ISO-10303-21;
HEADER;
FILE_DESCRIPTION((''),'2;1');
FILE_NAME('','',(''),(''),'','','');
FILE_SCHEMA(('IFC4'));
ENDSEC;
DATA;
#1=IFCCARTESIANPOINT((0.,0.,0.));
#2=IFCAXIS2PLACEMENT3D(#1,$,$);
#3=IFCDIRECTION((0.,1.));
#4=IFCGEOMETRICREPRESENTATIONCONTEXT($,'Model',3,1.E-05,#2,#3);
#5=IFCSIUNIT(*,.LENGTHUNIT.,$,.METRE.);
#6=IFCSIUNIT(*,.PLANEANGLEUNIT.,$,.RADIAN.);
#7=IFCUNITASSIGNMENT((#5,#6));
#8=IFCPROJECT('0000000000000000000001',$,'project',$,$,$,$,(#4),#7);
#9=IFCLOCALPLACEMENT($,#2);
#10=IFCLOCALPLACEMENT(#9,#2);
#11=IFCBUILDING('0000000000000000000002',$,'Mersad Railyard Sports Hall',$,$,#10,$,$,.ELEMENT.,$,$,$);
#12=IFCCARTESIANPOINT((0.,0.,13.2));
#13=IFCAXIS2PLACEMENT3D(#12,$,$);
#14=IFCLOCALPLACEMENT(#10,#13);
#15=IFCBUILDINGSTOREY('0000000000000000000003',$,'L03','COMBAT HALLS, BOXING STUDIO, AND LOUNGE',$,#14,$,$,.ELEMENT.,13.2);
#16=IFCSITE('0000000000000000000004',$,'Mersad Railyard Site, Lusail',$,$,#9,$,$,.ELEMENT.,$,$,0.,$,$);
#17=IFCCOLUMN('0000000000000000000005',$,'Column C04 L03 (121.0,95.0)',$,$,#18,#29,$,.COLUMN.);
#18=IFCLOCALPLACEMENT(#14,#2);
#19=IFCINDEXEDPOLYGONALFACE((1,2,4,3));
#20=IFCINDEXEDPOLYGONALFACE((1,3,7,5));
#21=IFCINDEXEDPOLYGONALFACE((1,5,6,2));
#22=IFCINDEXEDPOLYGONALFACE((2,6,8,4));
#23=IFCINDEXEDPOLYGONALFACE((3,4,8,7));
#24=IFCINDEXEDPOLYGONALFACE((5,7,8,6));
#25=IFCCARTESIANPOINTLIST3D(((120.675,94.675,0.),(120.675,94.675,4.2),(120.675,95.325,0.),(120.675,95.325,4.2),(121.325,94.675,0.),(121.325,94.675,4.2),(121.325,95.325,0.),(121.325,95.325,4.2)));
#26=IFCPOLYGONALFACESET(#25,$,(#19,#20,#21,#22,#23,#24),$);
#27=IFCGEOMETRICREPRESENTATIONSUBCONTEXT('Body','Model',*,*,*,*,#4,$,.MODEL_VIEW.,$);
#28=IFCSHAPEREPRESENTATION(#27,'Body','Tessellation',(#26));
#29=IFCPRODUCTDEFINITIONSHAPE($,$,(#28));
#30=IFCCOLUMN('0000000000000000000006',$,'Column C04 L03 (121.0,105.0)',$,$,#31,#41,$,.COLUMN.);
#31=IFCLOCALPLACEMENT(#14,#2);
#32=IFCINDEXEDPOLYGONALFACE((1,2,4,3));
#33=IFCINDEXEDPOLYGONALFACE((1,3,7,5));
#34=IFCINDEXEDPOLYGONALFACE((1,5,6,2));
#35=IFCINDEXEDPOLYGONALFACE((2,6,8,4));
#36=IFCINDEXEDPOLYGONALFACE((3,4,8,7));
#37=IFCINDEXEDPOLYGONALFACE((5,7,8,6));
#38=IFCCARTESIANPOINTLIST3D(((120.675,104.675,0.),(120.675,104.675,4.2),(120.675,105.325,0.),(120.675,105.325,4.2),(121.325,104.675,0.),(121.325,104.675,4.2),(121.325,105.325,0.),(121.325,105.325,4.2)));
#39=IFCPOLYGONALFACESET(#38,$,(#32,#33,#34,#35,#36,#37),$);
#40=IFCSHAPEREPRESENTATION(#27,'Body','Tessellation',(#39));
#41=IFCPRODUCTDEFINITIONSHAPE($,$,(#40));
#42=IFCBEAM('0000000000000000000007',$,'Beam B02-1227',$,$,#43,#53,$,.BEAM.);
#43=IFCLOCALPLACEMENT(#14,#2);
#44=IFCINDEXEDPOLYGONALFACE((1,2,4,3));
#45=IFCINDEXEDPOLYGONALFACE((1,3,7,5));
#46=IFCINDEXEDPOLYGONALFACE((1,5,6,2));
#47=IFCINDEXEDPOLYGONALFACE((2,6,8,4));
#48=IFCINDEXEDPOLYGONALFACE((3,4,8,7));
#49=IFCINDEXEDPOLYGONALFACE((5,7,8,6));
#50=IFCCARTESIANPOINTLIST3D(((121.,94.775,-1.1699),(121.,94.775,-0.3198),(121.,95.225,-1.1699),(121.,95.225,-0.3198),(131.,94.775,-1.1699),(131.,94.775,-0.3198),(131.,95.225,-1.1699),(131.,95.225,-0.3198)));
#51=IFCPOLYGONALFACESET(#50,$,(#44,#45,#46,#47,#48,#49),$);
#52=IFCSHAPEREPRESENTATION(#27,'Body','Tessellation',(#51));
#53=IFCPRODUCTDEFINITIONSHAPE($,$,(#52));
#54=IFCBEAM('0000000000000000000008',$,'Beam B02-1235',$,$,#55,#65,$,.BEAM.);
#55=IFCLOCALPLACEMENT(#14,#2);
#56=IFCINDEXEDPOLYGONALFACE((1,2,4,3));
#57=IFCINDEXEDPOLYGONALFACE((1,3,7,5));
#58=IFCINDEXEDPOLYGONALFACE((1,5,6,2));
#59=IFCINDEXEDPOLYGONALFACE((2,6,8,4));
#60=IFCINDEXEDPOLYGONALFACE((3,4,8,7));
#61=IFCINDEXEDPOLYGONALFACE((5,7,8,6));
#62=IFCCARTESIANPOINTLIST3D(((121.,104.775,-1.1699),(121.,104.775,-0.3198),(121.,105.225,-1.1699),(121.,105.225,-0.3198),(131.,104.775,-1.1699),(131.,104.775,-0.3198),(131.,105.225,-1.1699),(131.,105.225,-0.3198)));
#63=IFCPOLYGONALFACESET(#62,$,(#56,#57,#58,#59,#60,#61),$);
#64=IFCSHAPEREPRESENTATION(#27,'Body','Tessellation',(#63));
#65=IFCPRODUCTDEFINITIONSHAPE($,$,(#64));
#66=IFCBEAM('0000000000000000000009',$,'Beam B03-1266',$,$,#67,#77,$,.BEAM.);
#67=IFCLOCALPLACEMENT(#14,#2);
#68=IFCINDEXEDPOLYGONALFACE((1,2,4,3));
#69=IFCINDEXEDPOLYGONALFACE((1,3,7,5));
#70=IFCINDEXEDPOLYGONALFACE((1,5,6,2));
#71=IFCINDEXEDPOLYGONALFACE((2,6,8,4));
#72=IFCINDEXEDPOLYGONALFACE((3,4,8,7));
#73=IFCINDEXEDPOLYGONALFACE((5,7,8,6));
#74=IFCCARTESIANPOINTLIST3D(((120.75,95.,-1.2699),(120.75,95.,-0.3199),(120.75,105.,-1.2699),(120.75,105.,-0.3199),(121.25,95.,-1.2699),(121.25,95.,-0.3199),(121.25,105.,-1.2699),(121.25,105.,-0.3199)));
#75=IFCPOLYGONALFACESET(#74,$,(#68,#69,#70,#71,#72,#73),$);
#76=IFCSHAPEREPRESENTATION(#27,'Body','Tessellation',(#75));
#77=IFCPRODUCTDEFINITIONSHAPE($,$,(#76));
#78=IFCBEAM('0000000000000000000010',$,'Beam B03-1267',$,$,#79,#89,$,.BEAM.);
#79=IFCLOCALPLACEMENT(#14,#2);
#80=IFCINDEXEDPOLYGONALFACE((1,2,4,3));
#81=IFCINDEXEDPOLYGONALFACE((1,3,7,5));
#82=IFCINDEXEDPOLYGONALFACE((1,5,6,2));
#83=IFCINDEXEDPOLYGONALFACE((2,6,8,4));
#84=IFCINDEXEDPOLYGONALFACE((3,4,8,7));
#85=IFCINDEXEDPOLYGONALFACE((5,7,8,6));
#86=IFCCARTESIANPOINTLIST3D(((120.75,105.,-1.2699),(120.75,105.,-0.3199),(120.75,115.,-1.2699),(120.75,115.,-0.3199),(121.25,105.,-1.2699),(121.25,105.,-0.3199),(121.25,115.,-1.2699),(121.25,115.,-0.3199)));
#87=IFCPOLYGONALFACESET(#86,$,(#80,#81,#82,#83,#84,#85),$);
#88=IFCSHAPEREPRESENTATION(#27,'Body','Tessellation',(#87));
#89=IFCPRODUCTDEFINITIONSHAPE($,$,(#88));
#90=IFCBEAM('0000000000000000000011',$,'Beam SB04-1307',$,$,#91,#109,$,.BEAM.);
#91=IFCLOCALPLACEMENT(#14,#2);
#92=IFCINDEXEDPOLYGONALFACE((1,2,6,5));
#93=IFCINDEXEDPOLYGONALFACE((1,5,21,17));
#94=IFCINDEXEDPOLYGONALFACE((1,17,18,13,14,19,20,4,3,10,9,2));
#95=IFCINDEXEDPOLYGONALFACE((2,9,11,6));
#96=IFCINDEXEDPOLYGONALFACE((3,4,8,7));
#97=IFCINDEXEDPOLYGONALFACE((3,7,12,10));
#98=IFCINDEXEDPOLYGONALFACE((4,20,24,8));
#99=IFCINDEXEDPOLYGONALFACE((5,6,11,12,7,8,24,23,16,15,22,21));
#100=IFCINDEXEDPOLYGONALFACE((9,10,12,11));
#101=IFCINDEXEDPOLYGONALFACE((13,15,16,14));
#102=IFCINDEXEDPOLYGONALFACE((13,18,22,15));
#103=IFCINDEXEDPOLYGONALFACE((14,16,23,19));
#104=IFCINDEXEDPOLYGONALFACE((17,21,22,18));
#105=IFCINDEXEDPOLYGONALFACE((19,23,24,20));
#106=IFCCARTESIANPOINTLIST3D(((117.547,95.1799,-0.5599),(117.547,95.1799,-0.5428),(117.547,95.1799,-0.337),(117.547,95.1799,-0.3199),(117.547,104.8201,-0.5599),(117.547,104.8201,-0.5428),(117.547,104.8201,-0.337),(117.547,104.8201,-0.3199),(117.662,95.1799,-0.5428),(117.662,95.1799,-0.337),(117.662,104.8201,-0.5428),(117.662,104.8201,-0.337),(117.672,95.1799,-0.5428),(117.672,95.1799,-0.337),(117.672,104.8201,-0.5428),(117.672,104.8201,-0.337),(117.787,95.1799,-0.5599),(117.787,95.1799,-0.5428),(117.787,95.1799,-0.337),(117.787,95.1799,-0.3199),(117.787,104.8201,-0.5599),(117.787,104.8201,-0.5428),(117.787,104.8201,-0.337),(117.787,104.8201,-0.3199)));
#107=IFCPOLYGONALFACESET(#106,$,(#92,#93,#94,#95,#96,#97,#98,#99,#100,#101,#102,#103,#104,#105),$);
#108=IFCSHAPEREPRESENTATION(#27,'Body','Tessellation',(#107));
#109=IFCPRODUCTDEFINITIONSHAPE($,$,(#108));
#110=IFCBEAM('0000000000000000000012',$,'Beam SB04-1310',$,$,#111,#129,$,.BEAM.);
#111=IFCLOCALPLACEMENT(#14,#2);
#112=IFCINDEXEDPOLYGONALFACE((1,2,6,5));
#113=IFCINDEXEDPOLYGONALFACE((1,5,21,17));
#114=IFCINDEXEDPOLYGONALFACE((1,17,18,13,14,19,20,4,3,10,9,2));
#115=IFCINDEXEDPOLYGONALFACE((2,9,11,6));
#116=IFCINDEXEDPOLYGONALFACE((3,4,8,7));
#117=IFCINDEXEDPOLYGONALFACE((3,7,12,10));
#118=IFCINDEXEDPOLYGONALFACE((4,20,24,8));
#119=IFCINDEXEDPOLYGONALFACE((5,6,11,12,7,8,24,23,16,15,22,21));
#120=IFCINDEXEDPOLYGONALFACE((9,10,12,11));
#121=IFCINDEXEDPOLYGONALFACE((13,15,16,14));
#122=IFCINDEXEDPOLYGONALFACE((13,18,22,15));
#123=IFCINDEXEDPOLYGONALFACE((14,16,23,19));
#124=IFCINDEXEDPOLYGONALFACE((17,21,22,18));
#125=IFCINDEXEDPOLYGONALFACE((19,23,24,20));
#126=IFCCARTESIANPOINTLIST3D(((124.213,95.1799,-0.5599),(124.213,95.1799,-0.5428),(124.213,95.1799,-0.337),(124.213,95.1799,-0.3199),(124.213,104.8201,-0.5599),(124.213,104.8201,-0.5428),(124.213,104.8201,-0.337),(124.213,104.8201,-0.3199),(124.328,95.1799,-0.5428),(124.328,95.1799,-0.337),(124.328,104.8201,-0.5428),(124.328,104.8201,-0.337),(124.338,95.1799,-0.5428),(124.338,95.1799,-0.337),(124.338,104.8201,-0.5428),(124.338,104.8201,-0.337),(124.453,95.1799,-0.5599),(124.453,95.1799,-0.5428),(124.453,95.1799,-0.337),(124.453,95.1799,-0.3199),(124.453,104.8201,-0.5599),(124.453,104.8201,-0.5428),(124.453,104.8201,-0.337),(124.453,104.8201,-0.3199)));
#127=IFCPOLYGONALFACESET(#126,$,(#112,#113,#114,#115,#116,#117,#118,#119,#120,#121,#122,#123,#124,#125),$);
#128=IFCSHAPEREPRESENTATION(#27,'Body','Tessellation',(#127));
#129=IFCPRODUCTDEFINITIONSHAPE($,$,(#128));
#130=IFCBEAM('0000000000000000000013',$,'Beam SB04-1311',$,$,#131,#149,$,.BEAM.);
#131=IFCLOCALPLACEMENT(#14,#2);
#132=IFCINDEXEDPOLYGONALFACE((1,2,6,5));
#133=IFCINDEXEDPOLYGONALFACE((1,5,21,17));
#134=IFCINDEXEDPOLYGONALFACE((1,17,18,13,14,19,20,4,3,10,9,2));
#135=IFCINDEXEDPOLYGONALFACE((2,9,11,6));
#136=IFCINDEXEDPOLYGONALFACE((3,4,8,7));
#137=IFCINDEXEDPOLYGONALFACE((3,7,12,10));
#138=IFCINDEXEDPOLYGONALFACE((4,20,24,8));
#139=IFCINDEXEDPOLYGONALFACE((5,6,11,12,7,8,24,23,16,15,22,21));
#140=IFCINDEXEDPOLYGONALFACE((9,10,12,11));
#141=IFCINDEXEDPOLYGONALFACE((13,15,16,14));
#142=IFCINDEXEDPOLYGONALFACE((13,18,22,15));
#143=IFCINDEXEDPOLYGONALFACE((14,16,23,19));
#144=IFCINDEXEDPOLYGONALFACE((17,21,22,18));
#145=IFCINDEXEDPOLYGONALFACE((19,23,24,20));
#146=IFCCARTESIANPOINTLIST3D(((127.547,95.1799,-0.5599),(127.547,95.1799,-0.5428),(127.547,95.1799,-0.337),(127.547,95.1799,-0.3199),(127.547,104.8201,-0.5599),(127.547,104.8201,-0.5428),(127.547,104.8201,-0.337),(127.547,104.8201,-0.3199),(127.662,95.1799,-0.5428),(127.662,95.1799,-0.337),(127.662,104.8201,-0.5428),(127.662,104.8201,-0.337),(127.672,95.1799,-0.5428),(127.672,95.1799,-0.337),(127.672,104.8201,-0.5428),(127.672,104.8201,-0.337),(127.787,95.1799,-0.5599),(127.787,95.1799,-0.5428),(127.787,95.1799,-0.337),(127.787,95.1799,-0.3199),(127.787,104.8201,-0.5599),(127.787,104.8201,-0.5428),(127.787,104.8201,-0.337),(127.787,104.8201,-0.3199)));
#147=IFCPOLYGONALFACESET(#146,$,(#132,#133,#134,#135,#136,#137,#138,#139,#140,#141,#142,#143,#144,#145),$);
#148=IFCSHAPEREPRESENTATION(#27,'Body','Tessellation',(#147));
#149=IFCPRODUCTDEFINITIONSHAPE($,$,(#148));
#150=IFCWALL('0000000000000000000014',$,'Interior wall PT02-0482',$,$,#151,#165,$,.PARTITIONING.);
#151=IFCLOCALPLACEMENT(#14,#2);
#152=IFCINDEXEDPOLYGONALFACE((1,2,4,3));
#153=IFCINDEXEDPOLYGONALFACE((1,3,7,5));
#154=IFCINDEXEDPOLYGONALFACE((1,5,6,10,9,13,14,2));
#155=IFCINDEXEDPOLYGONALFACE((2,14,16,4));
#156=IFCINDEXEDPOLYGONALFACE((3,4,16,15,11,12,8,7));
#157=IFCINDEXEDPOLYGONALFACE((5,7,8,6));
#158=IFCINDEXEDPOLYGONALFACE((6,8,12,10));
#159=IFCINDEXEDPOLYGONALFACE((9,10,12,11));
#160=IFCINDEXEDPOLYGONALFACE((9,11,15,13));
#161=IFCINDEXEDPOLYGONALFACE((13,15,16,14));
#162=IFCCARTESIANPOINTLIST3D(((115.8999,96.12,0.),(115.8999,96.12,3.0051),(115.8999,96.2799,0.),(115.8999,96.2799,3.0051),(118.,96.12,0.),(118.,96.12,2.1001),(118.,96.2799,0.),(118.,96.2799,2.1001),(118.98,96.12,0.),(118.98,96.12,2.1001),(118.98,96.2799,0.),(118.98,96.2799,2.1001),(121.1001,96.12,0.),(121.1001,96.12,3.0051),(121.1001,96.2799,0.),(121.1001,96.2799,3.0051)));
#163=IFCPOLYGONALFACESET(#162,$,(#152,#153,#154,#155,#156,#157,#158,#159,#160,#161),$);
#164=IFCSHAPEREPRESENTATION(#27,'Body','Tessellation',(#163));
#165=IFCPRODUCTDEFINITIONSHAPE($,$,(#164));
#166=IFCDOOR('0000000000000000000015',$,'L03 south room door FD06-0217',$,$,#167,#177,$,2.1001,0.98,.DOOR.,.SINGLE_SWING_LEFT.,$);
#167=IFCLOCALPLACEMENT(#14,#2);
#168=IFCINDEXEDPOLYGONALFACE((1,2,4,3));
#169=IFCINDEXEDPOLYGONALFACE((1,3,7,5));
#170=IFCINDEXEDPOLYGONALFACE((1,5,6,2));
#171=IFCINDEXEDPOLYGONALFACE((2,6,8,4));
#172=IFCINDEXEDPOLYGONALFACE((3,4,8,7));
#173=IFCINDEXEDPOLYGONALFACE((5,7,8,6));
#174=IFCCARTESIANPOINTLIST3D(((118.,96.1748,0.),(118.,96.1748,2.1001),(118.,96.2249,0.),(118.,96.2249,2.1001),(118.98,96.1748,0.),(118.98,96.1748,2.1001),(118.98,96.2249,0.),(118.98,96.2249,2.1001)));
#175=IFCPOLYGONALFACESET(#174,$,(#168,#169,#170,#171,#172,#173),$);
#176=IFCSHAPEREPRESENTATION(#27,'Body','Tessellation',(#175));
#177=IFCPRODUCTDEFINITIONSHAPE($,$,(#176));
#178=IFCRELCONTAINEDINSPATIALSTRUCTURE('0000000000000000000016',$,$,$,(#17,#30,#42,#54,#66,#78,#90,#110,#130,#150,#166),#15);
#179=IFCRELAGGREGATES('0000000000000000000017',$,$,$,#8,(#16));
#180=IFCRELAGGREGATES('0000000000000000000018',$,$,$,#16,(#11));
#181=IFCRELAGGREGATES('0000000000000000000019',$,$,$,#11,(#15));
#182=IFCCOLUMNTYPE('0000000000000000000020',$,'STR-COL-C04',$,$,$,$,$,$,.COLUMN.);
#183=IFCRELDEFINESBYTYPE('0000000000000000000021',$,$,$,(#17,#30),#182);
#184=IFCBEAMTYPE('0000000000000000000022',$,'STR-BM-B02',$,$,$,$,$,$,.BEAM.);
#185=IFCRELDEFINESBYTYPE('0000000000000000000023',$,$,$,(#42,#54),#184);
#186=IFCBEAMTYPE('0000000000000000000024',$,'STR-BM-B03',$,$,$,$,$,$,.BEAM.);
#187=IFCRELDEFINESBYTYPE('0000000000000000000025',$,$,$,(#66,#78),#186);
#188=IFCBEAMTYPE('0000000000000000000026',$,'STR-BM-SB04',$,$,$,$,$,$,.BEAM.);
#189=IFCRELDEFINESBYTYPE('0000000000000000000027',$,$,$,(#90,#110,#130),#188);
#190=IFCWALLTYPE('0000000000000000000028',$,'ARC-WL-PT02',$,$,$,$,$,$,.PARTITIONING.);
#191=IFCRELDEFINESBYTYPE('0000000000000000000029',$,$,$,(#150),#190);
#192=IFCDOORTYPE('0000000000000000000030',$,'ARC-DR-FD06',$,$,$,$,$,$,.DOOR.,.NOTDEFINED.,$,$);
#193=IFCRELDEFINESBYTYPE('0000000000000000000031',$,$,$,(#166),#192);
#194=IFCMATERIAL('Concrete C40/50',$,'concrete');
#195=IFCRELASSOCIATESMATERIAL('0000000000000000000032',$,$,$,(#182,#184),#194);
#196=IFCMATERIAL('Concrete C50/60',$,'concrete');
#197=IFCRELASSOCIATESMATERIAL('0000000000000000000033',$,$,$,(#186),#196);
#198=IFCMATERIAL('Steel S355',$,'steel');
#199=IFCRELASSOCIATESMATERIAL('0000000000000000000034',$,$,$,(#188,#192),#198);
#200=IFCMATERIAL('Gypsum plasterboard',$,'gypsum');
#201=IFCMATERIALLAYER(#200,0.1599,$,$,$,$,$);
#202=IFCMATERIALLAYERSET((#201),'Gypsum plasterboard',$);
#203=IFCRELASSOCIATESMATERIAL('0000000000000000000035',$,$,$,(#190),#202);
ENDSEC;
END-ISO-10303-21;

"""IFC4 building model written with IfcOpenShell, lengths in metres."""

from ifc_helpers import new_model, si_unit, direction, frame, frame_2d, origin, origin_2d, place, context, subcontext, project, spatial, rectangle, i_section, extrude, material, layer, layer_set, material_profile, profile_set, type_object, element, fill, save


model = new_model("IFC4")

# Units and contexts
model_context = context("Model", 3, precision=1e-05, world=origin(), true_north=direction((0.0, 1.0)))
body_context = subcontext(model_context, "Body", "Model", "MODEL_VIEW")
ifc_project = project(units=[si_unit("LENGTHUNIT", "METRE"), si_unit("PLANEANGLEUNIT", "RADIAN")], contexts=[model_context])

# Site, building, storey
site_placement = place(None, origin())
site = spatial("IfcSite", under=ifc_project, at=site_placement, Name="Mersad Railyard Site, Lusail", CompositionType="ELEMENT", RefElevation=0.0)
building_placement = place(site_placement, origin())
building = spatial("IfcBuilding", under=site, at=building_placement, Name="Mersad Railyard Sports Hall", CompositionType="ELEMENT")
storey_placement = place(building_placement, frame((0.0, 0.0, 13.2)))
storey = spatial("IfcBuildingStorey", under=building, at=storey_placement, Name="L03", Description="COMBAT HALLS, BOXING STUDIO, AND LOUNGE", CompositionType="ELEMENT", Elevation=13.2)

# Columns
ifc_material_1 = material(Name="Concrete C40/50", Category="concrete")
ifc_material_profile_1 = material_profile(ifc_material_1, rectangle(XDim=0.6499, YDim=0.6499, at=origin_2d()), Name="RC 650x650")
ifc_profile_set_1 = profile_set([ifc_material_profile_1], Name="Concrete C40/50")
column_type = type_object("IfcColumnType", Name="STR-COL-C04", PredefinedType="COLUMN", material=ifc_profile_set_1)
for number, where, z_axis, x_axis, name in (
    (1, (121.0, 95.0, 0.0), (0.0, 0.0, 1.0), (1.0, 0.0, 0.0), "Column C04 L03 (121.0,95.0)"),
    (2, (121.0, 105.0, 0.0), (0.0, 0.0, 1.0), (1.0, 0.0, 0.0), "Column C04 L03 (121.0,105.0)"),
):
    element("IfcColumn", number, at=place(storey_placement, frame(where, z_axis=z_axis, x_axis=x_axis)), inside=storey, type_object=column_type, Name=name, PredefinedType="COLUMN", context=body_context, shape_type="SweptSolid", body=[
        extrude(rectangle(XDim=0.6499, YDim=0.6499, at=origin_2d()), origin(), (0.0, 0.0, 1.0), 4.2),
    ])

# Beams
ifc_material_profile_2 = material_profile(ifc_material_1, rectangle(XDim=0.45, YDim=0.8501, at=origin_2d()), Name="RC 450x850")
ifc_profile_set_2 = profile_set([ifc_material_profile_2], Name="Concrete C40/50")
beam_type_1 = type_object("IfcBeamType", Name="STR-BM-B02", PredefinedType="BEAM", material=ifc_profile_set_2)
for number, where, z_axis, x_axis, name in (
    (3, (121.0, 95.0, -0.7449), (1.0, 0.0, 0.0), (0.0, 1.0, 0.0), "Beam B02-1227"),
    (4, (121.0, 105.0, -0.7449), (1.0, 0.0, 0.0), (0.0, 1.0, 0.0), "Beam B02-1235"),
):
    element("IfcBeam", number, at=place(storey_placement, frame(where, z_axis=z_axis, x_axis=x_axis)), inside=storey, type_object=beam_type_1, Name=name, PredefinedType="BEAM", context=body_context, shape_type="SweptSolid", body=[
        extrude(rectangle(XDim=0.45, YDim=0.8501, at=origin_2d()), origin(), (0.0, 0.0, 1.0), 10.0),
    ])
ifc_material_2 = material(Name="Concrete C50/60", Category="concrete")
ifc_material_profile_3 = material_profile(ifc_material_2, rectangle(XDim=0.5, YDim=0.95, at=origin_2d()), Name="RC 500x950")
ifc_profile_set_3 = profile_set([ifc_material_profile_3], Name="Concrete C50/60")
beam_type_2 = type_object("IfcBeamType", Name="STR-BM-B03", PredefinedType="BEAM", material=ifc_profile_set_3)
for number, where, z_axis, x_axis, name in (
    (5, (121.0, 95.0, -0.7949), (0.0, 1.0, 0.0), (-1.0, 0.0, 0.0), "Beam B03-1266"),
    (6, (121.0, 105.0, -0.7949), (0.0, 1.0, 0.0), (-1.0, 0.0, 0.0), "Beam B03-1267"),
):
    element("IfcBeam", number, at=place(storey_placement, frame(where, z_axis=z_axis, x_axis=x_axis)), inside=storey, type_object=beam_type_2, Name=name, PredefinedType="BEAM", context=body_context, shape_type="SweptSolid", body=[
        extrude(rectangle(XDim=0.5, YDim=0.95, at=origin_2d()), origin(), (0.0, 0.0, 1.0), 10.0),
    ])
ifc_material_3 = material(Name="Steel S355", Category="steel")
ifc_material_profile_4 = material_profile(ifc_material_3, i_section(OverallWidth=0.24, OverallDepth=0.24, WebThickness=0.01, FlangeThickness=0.0171, at=origin_2d()), Name="HEB 240")
ifc_profile_set_4 = profile_set([ifc_material_profile_4], Name="Steel S355")
beam_type_3 = type_object("IfcBeamType", Name="STR-BM-SB04", PredefinedType="BEAM", material=ifc_profile_set_4)
for number, where, z_axis, x_axis, name in (
    (7, (117.667, 95.1799, -0.4399), (0.0, 1.0, 0.0), (-1.0, 0.0, 0.0), "Beam SB04-1307"),
    (8, (124.333, 95.1799, -0.4399), (0.0, 1.0, 0.0), (-1.0, 0.0, 0.0), "Beam SB04-1310"),
    (9, (127.667, 95.1799, -0.4399), (0.0, 1.0, 0.0), (-1.0, 0.0, 0.0), "Beam SB04-1311"),
):
    element("IfcBeam", number, at=place(storey_placement, frame(where, z_axis=z_axis, x_axis=x_axis)), inside=storey, type_object=beam_type_3, Name=name, PredefinedType="BEAM", context=body_context, shape_type="SweptSolid", body=[
        extrude(i_section(OverallWidth=0.24, OverallDepth=0.24, WebThickness=0.01, FlangeThickness=0.0171, at=origin_2d()), origin(), (0.0, 0.0, 1.0), 9.6401),
    ])

# Wall, opening, door
ifc_material_4 = material(Name="Gypsum plasterboard", Category="gypsum")
ifc_layer_1 = layer(ifc_material_4, 0.1599)
ifc_layer_set_1 = layer_set([ifc_layer_1], Name="Gypsum plasterboard")
wall_type_1 = type_object("IfcWallType", Name="ARC-WL-PT02", PredefinedType="PARTITIONING", material=ifc_layer_set_1)
wall_1_placement = place(storey_placement, frame((115.8999, 96.2, 0.0), z_axis=(0.0, 0.0, 1.0), x_axis=(1.0, 0.0, 0.0)))
wall_1 = element("IfcWall", 10, at=wall_1_placement, inside=storey, type_object=wall_type_1, Name="Interior wall PT02-0482", PredefinedType="PARTITIONING", context=body_context, shape_type="SweptSolid", body=[
    extrude(rectangle(XDim=5.2002, YDim=0.1599, at=frame_2d((2.6001, 0.0))), origin(), (0.0, 0.0, 1.0), 3.0051),
])
opening_1_placement = place(wall_1_placement, frame((2.1001, 0.0, 0.0)))
opening_1 = element("IfcOpeningElement", 11, at=opening_1_placement, cuts=wall_1, PredefinedType="OPENING", context=body_context, shape_type="SweptSolid", body=[
    extrude(rectangle(XDim=0.98, YDim=2.1001, at=frame_2d((0.49, 1.05))), frame((0.0, 0.0898, 0.0), z_axis=(0.0, -1.0, 0.0), x_axis=(1.0, 0.0, 0.0)), (0.0, 0.0, 1.0), 0.1799),
])
door_type_1 = type_object("IfcDoorType", Name="ARC-DR-FD06", OperationType="NOTDEFINED", PredefinedType="DOOR", material=ifc_material_3)
door_1_placement = place(opening_1_placement, origin())
door_1 = element("IfcDoor", 12, at=door_1_placement, inside=storey, type_object=door_type_1, Name="L03 south room door FD06-0217", OperationType="SINGLE_SWING_LEFT", OverallHeight=2.1001, OverallWidth=0.98, PredefinedType="DOOR", context=body_context, shape_type="SweptSolid", body=[
    extrude(rectangle(XDim=0.98, YDim=2.1001, at=frame_2d((0.49, 1.05))), frame((0.0, 0.0249, 0.0), z_axis=(0.0, -1.0, 0.0), x_axis=(1.0, 0.0, 0.0)), (0.0, 0.0, 1.0), 0.05),
])
fill(opening_1, door_1)

save(model, "model.ifc")
